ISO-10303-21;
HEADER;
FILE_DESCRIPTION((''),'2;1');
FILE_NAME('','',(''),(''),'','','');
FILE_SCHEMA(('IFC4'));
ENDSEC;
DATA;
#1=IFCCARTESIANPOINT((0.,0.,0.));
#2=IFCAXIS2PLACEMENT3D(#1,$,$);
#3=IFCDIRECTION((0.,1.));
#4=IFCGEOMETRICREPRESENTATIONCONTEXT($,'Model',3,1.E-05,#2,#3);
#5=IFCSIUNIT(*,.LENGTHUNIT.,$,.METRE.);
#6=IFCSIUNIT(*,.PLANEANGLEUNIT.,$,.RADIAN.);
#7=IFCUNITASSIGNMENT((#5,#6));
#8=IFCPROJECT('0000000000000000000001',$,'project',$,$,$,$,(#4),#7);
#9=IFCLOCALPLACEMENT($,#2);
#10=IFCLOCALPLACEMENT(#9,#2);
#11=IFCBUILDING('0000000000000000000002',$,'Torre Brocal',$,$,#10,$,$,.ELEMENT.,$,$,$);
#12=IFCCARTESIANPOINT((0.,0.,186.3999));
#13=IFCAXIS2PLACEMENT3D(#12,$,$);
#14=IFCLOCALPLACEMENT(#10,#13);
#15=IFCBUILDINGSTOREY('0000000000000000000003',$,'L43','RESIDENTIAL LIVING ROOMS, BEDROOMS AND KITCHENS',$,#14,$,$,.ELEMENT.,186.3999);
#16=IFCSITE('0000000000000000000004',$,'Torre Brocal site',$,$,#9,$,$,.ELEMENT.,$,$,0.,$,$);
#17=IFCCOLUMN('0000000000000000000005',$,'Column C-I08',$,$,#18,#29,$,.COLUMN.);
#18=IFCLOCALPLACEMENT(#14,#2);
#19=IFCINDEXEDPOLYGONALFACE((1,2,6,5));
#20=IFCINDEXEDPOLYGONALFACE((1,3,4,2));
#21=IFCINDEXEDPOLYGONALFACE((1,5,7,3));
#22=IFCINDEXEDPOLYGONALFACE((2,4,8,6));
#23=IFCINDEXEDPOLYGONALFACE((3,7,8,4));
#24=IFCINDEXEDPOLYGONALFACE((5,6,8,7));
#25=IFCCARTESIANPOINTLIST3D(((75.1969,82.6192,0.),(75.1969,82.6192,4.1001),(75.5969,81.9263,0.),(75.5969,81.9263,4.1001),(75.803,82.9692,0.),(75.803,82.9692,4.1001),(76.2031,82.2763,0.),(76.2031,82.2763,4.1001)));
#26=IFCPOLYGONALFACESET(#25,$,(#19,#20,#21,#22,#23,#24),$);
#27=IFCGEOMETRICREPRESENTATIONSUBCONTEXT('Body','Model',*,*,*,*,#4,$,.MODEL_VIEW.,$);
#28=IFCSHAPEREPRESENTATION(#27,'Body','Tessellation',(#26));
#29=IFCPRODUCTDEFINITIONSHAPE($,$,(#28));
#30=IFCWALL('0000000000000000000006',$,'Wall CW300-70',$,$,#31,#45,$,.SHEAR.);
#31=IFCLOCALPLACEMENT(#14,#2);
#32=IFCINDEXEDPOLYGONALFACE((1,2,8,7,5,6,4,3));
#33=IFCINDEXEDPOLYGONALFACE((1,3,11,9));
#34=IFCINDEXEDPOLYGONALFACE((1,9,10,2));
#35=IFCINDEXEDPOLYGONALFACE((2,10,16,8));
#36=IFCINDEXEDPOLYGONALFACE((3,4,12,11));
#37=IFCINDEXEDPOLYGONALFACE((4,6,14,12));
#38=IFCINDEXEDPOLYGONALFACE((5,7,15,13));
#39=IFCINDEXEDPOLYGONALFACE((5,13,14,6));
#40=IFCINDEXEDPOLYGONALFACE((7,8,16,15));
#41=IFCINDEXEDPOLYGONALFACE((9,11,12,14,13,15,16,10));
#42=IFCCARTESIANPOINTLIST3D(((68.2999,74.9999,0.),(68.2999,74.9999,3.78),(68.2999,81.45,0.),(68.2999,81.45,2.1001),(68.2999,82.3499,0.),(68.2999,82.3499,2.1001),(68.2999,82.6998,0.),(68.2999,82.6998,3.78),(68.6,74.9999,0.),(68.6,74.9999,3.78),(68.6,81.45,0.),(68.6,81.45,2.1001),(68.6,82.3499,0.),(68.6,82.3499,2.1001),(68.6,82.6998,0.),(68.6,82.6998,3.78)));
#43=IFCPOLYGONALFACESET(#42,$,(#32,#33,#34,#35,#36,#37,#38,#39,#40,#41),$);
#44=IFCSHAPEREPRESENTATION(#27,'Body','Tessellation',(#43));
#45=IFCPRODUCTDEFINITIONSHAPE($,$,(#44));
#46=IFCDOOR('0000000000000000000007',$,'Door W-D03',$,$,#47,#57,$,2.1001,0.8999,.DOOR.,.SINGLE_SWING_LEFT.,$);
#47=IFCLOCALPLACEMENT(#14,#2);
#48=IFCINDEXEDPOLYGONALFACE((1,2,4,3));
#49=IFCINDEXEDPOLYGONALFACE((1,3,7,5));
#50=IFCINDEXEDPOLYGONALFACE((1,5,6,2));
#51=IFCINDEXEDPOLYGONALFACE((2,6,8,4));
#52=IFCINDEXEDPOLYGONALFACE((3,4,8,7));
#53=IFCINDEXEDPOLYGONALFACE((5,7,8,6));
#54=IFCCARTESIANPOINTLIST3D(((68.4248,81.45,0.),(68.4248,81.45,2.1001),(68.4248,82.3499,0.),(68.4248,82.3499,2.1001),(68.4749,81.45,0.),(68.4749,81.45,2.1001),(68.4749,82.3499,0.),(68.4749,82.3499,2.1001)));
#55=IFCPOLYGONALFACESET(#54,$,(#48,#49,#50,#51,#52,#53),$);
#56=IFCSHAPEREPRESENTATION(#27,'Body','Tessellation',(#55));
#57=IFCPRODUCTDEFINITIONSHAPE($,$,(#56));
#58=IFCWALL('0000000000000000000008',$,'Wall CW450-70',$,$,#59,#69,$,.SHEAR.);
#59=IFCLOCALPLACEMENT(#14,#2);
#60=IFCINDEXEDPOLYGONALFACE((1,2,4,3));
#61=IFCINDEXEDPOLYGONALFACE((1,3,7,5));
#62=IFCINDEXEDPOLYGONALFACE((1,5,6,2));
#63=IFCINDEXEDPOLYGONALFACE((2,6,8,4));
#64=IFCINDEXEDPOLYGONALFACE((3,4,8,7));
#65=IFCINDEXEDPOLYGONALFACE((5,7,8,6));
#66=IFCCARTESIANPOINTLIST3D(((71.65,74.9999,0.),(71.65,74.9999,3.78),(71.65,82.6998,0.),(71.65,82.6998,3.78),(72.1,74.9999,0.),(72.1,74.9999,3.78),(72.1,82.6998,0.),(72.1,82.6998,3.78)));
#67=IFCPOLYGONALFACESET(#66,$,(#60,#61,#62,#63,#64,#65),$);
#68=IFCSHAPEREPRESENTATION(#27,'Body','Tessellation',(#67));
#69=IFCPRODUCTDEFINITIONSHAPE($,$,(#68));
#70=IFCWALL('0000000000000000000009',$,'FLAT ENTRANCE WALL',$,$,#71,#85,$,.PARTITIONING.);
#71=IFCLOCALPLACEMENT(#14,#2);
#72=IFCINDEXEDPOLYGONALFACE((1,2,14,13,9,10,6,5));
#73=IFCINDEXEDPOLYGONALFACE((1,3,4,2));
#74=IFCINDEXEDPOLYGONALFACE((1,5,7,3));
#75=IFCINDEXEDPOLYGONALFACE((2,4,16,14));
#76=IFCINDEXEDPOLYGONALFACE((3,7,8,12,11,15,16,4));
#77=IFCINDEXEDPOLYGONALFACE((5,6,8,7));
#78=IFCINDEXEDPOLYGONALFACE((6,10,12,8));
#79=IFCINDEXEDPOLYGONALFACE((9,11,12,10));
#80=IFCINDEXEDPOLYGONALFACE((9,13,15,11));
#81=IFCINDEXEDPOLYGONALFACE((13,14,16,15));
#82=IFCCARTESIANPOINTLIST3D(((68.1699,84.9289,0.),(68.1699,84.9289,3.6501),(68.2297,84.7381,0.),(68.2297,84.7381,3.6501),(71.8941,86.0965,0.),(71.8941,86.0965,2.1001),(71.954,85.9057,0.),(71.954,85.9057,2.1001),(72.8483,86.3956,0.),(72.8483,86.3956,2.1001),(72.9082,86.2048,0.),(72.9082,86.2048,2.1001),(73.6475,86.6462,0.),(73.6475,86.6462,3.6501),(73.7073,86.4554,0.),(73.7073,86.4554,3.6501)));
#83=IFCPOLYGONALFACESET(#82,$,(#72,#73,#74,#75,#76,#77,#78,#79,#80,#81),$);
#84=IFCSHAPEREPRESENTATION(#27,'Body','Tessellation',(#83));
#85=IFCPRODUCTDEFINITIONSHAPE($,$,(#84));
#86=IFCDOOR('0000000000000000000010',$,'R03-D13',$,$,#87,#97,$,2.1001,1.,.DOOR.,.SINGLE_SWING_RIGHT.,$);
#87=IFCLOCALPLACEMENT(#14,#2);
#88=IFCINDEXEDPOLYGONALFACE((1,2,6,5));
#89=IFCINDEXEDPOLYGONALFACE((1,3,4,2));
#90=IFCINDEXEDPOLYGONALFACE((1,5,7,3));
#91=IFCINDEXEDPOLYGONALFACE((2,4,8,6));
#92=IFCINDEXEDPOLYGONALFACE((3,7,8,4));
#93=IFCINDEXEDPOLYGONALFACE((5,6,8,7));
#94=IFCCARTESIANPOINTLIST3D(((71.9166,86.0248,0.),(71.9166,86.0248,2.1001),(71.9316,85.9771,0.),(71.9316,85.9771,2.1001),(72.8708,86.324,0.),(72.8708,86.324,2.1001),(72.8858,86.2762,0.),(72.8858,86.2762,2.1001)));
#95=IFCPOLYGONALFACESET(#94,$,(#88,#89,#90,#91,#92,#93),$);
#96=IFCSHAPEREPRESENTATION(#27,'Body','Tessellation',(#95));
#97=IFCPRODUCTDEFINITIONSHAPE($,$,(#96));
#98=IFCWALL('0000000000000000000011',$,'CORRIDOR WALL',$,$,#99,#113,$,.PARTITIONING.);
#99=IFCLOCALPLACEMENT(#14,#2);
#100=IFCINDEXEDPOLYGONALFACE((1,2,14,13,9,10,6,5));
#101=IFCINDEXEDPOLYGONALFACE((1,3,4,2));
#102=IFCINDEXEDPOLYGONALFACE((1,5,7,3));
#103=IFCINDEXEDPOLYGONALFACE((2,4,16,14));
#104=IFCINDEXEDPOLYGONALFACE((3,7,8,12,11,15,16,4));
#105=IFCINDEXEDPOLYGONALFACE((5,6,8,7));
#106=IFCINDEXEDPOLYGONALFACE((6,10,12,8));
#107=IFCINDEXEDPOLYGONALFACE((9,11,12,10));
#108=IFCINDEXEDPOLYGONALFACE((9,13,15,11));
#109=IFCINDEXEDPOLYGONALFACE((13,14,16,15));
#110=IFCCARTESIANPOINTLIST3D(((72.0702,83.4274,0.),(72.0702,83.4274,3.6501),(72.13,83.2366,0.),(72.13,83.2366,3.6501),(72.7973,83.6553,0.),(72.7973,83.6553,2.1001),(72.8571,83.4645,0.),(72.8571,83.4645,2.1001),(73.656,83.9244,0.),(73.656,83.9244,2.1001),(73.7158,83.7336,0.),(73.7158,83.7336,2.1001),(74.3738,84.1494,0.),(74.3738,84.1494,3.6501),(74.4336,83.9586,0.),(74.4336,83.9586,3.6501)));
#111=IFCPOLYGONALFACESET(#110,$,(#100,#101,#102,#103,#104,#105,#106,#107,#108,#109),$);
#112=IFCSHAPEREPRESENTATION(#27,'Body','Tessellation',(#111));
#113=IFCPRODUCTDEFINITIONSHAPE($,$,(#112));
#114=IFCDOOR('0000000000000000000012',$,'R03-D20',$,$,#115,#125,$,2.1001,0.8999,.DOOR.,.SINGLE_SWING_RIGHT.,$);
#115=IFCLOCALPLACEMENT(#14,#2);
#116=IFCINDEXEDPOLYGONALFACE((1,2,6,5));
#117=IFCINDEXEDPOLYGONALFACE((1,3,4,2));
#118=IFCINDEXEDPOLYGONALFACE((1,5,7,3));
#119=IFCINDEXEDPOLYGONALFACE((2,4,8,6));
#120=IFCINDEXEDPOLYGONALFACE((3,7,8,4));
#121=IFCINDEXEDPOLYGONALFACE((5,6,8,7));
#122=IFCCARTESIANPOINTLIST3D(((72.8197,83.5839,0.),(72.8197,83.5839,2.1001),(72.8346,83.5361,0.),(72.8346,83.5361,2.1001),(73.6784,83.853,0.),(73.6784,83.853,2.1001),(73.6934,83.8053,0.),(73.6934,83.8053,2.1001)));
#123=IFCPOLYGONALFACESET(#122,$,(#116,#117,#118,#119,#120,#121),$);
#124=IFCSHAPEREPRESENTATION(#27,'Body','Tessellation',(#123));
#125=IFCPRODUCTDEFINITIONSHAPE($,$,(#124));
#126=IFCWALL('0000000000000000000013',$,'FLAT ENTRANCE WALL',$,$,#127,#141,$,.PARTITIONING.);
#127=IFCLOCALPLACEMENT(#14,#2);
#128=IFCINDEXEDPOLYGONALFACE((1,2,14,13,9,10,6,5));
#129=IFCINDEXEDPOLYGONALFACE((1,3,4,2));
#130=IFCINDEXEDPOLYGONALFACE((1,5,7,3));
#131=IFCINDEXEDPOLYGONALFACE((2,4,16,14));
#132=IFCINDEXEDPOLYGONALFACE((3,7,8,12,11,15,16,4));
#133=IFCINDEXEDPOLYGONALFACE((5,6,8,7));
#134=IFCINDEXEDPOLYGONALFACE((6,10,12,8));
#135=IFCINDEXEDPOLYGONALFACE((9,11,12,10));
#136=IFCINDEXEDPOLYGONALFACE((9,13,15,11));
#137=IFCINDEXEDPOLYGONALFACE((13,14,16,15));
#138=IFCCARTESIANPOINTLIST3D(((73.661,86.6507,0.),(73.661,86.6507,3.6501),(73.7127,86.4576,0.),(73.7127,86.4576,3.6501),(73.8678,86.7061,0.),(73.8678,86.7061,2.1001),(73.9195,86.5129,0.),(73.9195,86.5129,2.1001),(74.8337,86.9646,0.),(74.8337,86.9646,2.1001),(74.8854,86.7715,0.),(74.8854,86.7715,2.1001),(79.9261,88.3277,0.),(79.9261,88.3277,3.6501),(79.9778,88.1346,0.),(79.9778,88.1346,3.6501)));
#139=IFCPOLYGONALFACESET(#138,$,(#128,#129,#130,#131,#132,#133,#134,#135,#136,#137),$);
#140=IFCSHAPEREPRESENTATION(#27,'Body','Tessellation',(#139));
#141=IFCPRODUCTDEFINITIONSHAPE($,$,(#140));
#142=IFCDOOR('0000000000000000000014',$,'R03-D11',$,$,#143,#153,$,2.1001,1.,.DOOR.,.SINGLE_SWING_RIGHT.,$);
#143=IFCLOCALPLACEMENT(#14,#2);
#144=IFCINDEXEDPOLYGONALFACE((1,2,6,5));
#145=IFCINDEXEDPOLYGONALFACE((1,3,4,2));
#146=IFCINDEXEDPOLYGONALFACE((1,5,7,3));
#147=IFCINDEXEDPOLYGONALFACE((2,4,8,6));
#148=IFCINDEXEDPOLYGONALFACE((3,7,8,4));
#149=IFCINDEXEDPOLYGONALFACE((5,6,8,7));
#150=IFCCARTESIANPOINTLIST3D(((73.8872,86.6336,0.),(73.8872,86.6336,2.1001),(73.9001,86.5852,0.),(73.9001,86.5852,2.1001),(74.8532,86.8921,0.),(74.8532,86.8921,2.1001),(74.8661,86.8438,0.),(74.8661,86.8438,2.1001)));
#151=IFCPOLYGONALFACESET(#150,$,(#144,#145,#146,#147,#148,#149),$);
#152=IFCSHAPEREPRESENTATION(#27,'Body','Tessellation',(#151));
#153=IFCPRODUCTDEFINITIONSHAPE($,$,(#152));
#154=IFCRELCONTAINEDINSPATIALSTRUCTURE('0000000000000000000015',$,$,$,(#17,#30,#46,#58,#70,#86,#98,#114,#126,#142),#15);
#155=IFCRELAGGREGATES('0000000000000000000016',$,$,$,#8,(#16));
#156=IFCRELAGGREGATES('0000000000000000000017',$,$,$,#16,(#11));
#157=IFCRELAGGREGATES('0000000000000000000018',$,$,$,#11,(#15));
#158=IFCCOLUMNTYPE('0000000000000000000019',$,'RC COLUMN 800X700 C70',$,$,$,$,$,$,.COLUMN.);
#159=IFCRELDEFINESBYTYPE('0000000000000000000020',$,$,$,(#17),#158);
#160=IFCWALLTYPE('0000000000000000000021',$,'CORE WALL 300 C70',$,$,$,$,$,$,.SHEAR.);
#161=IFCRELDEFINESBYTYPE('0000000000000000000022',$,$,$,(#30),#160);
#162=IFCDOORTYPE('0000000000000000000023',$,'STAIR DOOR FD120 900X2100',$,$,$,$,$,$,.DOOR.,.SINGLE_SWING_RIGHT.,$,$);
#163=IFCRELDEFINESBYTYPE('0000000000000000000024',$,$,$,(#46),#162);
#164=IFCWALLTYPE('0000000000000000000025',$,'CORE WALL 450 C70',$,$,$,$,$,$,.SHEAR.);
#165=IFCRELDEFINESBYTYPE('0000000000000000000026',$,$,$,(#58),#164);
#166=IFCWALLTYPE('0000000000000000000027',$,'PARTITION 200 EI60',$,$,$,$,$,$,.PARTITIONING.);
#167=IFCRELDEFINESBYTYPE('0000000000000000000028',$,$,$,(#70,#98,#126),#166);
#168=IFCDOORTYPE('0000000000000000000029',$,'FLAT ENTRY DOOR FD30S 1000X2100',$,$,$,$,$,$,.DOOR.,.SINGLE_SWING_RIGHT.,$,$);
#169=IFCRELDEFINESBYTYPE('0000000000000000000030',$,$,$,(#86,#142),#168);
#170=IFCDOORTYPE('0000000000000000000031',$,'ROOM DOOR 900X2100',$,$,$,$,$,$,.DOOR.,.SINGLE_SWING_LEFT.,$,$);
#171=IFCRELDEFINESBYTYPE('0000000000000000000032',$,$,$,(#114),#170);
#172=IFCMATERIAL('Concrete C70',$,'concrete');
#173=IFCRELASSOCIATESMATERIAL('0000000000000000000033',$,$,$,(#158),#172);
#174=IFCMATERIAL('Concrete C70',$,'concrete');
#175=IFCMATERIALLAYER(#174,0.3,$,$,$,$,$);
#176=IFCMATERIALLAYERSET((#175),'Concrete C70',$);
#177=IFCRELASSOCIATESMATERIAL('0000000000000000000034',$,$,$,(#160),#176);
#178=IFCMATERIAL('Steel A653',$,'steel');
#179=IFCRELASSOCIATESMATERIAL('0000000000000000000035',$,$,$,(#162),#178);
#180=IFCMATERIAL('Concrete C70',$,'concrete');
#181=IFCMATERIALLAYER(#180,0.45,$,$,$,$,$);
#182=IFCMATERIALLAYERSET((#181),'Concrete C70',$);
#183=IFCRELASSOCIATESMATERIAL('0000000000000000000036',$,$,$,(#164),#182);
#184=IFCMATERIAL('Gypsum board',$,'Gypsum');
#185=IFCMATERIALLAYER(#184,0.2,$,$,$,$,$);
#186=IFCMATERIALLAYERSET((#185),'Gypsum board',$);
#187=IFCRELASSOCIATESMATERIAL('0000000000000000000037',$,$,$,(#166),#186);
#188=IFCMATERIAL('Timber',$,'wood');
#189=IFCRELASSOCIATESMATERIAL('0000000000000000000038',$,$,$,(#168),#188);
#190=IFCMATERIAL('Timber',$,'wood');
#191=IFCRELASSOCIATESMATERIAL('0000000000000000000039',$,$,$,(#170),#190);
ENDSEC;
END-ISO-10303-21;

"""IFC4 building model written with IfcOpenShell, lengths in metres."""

from ifc_helpers import new_model, si_unit, direction, frame, frame_2d, origin, origin_2d, place, context, subcontext, project, spatial, rectangle, extrude, material, layer, layer_set, material_profile, profile_set, type_object, element, fill, save


model = new_model("IFC4")

# Units and contexts
model_context = context("Model", 3, precision=1e-05, world=origin(), true_north=direction((0.0, 1.0)))
body_context = subcontext(model_context, "Body", "Model", "MODEL_VIEW")
ifc_project = project(units=[si_unit("LENGTHUNIT", "METRE"), si_unit("PLANEANGLEUNIT", "RADIAN")], contexts=[model_context])

# Site, building, storey
site_placement = place(None, origin())
site = spatial("IfcSite", under=ifc_project, at=site_placement, Name="Torre Brocal site", CompositionType="ELEMENT", RefElevation=0.0)
building_placement = place(site_placement, origin())
building = spatial("IfcBuilding", under=site, at=building_placement, Name="Torre Brocal", CompositionType="ELEMENT")
storey_placement = place(building_placement, frame((0.0, 0.0, 186.3999)))
storey = spatial("IfcBuildingStorey", under=building, at=storey_placement, Name="L43", Description="RESIDENTIAL LIVING ROOMS, BEDROOMS AND KITCHENS", CompositionType="ELEMENT", Elevation=186.3999)

# Column
ifc_material_1 = material(Name="Concrete C70", Category="concrete")
ifc_material_profile = material_profile(ifc_material_1, rectangle(XDim=0.8, YDim=0.7, at=origin_2d()), Name="RC 800X700")
ifc_profile_set = profile_set([ifc_material_profile], Name="Concrete C70")
column_type = type_object("IfcColumnType", Name="RC COLUMN 800X700 C70", PredefinedType="COLUMN", material=ifc_profile_set)
column_placement = place(storey_placement, frame((75.7, 82.4478, 0.0), z_axis=(0.0, 0.0, 1.0), x_axis=(-0.5, 0.866025, 0.0)))
element("IfcColumn", 1, at=column_placement, inside=storey, type_object=column_type, Name="Column C-I08", PredefinedType="COLUMN", context=body_context, shape_type="SweptSolid", body=[
    extrude(rectangle(XDim=0.8, YDim=0.7, at=origin_2d()), origin(), (0.0, 0.0, 1.0), 4.1001),
])

# Wall, opening, door
ifc_material_2 = material(Name="Concrete C70", Category="concrete")
ifc_layer_1 = layer(ifc_material_2, 0.3)
ifc_layer_set_1 = layer_set([ifc_layer_1], Name="Concrete C70")
wall_type_1 = type_object("IfcWallType", Name="CORE WALL 300 C70", PredefinedType="SHEAR", material=ifc_layer_set_1)
wall_1_placement = place(storey_placement, frame((68.45, 82.7, 0.0), z_axis=(0.0, 0.0, 1.0), x_axis=(0.0, -1.0, 0.0)))
wall_1 = element("IfcWall", 2, at=wall_1_placement, inside=storey, type_object=wall_type_1, Name="Wall CW300-70", PredefinedType="SHEAR", context=body_context, shape_type="SweptSolid", body=[
    extrude(rectangle(XDim=7.7, YDim=0.3, at=frame_2d((3.8501, 0.0))), origin(), (0.0, 0.0, 1.0), 3.78),
])
opening_1_placement = place(wall_1_placement, frame((0.3501, 0.0, 0.0)))
opening_1 = element("IfcOpeningElement", 3, at=opening_1_placement, cuts=wall_1, PredefinedType="OPENING", context=body_context, shape_type="SweptSolid", body=[
    extrude(rectangle(XDim=0.8999, YDim=2.1001, at=frame_2d((0.45, 1.05))), frame((0.0, 0.1599, 0.0), z_axis=(0.0, -1.0, 0.0), x_axis=(1.0, 0.0, 0.0)), (0.0, 0.0, 1.0), 0.3201),
])
ifc_material_3 = material(Name="Steel A653", Category="steel")
door_type_1 = type_object("IfcDoorType", Name="STAIR DOOR FD120 900X2100", OperationType="SINGLE_SWING_RIGHT", PredefinedType="DOOR", material=ifc_material_3)
door_1_placement = place(opening_1_placement, origin())
door_1 = element("IfcDoor", 4, at=door_1_placement, inside=storey, type_object=door_type_1, Name="Door W-D03", OperationType="SINGLE_SWING_LEFT", OverallHeight=2.1001, OverallWidth=0.8999, PredefinedType="DOOR", context=body_context, shape_type="SweptSolid", body=[
    extrude(rectangle(XDim=0.8999, YDim=2.1001, at=frame_2d((0.45, 1.05))), frame((0.0, 0.0249, 0.0), z_axis=(0.0, -1.0, 0.0), x_axis=(1.0, 0.0, 0.0)), (0.0, 0.0, 1.0), 0.05),
])
fill(opening_1, door_1)

# Wall
ifc_material_4 = material(Name="Concrete C70", Category="concrete")
ifc_layer_2 = layer(ifc_material_4, 0.45)
ifc_layer_set_2 = layer_set([ifc_layer_2], Name="Concrete C70")
wall_type_2 = type_object("IfcWallType", Name="CORE WALL 450 C70", PredefinedType="SHEAR", material=ifc_layer_set_2)
wall_2_placement = place(storey_placement, frame((71.875, 82.7, 0.0), z_axis=(0.0, 0.0, 1.0), x_axis=(0.0, -1.0, 0.0)))
element("IfcWall", 5, at=wall_2_placement, inside=storey, type_object=wall_type_2, Name="Wall CW450-70", PredefinedType="SHEAR", context=body_context, shape_type="SweptSolid", body=[
    extrude(rectangle(XDim=7.7, YDim=0.45, at=frame_2d((3.8501, 0.0))), origin(), (0.0, 0.0, 1.0), 3.78),
])

# Walls, openings, doors
ifc_material_5 = material(Name="Gypsum board", Category="Gypsum")
ifc_layer_3 = layer(ifc_material_5, 0.2)
ifc_layer_set_3 = layer_set([ifc_layer_3], Name="Gypsum board")
wall_type_3 = type_object("IfcWallType", Name="PARTITION 200 EI60", PredefinedType="PARTITIONING", material=ifc_layer_set_3)
wall_3_placement = place(storey_placement, frame((68.2, 84.8335, 0.0), z_axis=(0.0, 0.0, 1.0), x_axis=(0.954204, 0.299156, 0.0)))
wall_3 = element("IfcWall", 6, at=wall_3_placement, inside=storey, type_object=wall_type_3, Name="FLAT ENTRANCE WALL", PredefinedType="PARTITIONING", context=body_context, shape_type="SweptSolid", body=[
    extrude(rectangle(XDim=5.7405, YDim=0.2, at=frame_2d((2.8701, 0.0))), origin(), (0.0, 0.0, 1.0), 3.6501),
])
opening_2_placement = place(wall_3_placement, frame((3.9028, 0.0, 0.0)))
opening_2 = element("IfcOpeningElement", 7, at=opening_2_placement, cuts=wall_3, PredefinedType="OPENING", context=body_context, shape_type="SweptSolid", body=[
    extrude(rectangle(XDim=1.0, YDim=2.1001, at=frame_2d((0.5, 1.05))), frame((0.0, 0.1099, 0.0), z_axis=(0.0, -1.0, 0.0), x_axis=(1.0, 0.0, 0.0)), (0.0, 0.0, 1.0), 0.22),
])
ifc_material_6 = material(Name="Timber", Category="wood")
door_type_2 = type_object("IfcDoorType", Name="FLAT ENTRY DOOR FD30S 1000X2100", OperationType="SINGLE_SWING_RIGHT", PredefinedType="DOOR", material=ifc_material_6)
door_2_placement = place(opening_2_placement, origin())
door_2 = element("IfcDoor", 8, at=door_2_placement, inside=storey, type_object=door_type_2, Name="R03-D13", OperationType="SINGLE_SWING_RIGHT", OverallHeight=2.1001, OverallWidth=1.0, PredefinedType="DOOR", context=body_context, shape_type="SweptSolid", body=[
    extrude(rectangle(XDim=1.0, YDim=2.1001, at=frame_2d((0.5, 1.05))), frame((0.0, 0.0249, 0.0), z_axis=(0.0, -1.0, 0.0), x_axis=(1.0, 0.0, 0.0)), (0.0, 0.0, 1.0), 0.05),
])
fill(opening_2, door_2)
wall_4_placement = place(storey_placement, frame((72.1001, 83.332, 0.0), z_axis=(0.0, 0.0, 1.0), x_axis=(0.954233, 0.299064, 0.0)))
wall_4 = element("IfcWall", 9, at=wall_4_placement, inside=storey, type_object=wall_type_3, Name="CORRIDOR WALL", PredefinedType="PARTITIONING", context=body_context, shape_type="SweptSolid", body=[
    extrude(rectangle(XDim=2.4141, YDim=0.2, at=frame_2d((1.207, 0.0))), origin(), (0.0, 0.0, 1.0), 3.6501),
])
opening_3_placement = place(wall_4_placement, frame((0.762, 0.0, 0.0)))
opening_3 = element("IfcOpeningElement", 10, at=opening_3_placement, cuts=wall_4, PredefinedType="OPENING", context=body_context, shape_type="SweptSolid", body=[
    extrude(rectangle(XDim=0.8999, YDim=2.1001, at=frame_2d((0.45, 1.05))), frame((0.0, 0.1099, 0.0), z_axis=(0.0, -1.0, 0.0), x_axis=(1.0, 0.0, 0.0)), (0.0, 0.0, 1.0), 0.22),
])
ifc_material_7 = material(Name="Timber", Category="wood")
door_type_3 = type_object("IfcDoorType", Name="ROOM DOOR 900X2100", OperationType="SINGLE_SWING_LEFT", PredefinedType="DOOR", material=ifc_material_7)
door_3_placement = place(opening_3_placement, frame((0.8999, 0.0, 0.0), z_axis=(0.0, 0.0, 1.0), x_axis=(-1.0, 0.0, 0.0)))
door_3 = element("IfcDoor", 11, at=door_3_placement, inside=storey, type_object=door_type_3, Name="R03-D20", OperationType="SINGLE_SWING_RIGHT", OverallHeight=2.1001, OverallWidth=0.8999, PredefinedType="DOOR", context=body_context, shape_type="SweptSolid", body=[
    extrude(rectangle(XDim=0.8999, YDim=2.1001, at=frame_2d((0.45, 1.05))), frame((0.0, 0.0249, 0.0), z_axis=(0.0, -1.0, 0.0), x_axis=(1.0, 0.0, 0.0)), (0.0, 0.0, 1.0), 0.05),
])
fill(opening_3, door_3)
wall_5_placement = place(storey_placement, frame((73.687, 86.5542, 0.0), z_axis=(0.0, 0.0, 1.0), x_axis=(0.965993, 0.258569, 0.0)))
wall_5 = element("IfcWall", 12, at=wall_5_placement, inside=storey, type_object=wall_type_3, Name="FLAT ENTRANCE WALL", PredefinedType="PARTITIONING", context=body_context, shape_type="SweptSolid", body=[
    extrude(rectangle(XDim=6.4856, YDim=0.2, at=frame_2d((3.2427, 0.0))), origin(), (0.0, 0.0, 1.0), 3.6501),
])
opening_4_placement = place(wall_5_placement, frame((0.2139, 0.0, 0.0)))
opening_4 = element("IfcOpeningElement", 13, at=opening_4_placement, cuts=wall_5, PredefinedType="OPENING", context=body_context, shape_type="SweptSolid", body=[
    extrude(rectangle(XDim=1.0, YDim=2.1001, at=frame_2d((0.5, 1.05))), frame((0.0, 0.1099, 0.0), z_axis=(0.0, -1.0, 0.0), x_axis=(1.0, 0.0, 0.0)), (0.0, 0.0, 1.0), 0.22),
])
door_4_placement = place(opening_4_placement, origin())
door_4 = element("IfcDoor", 14, at=door_4_placement, inside=storey, type_object=door_type_2, Name="R03-D11", OperationType="SINGLE_SWING_RIGHT", OverallHeight=2.1001, OverallWidth=1.0, PredefinedType="DOOR", context=body_context, shape_type="SweptSolid", body=[
    extrude(rectangle(XDim=1.0, YDim=2.1001, at=frame_2d((0.5, 1.05))), frame((0.0, 0.0249, 0.0), z_axis=(0.0, -1.0, 0.0), x_axis=(1.0, 0.0, 0.0)), (0.0, 0.0, 1.0), 0.05),
])
fill(opening_4, door_4)

save(model, "model.ifc")
